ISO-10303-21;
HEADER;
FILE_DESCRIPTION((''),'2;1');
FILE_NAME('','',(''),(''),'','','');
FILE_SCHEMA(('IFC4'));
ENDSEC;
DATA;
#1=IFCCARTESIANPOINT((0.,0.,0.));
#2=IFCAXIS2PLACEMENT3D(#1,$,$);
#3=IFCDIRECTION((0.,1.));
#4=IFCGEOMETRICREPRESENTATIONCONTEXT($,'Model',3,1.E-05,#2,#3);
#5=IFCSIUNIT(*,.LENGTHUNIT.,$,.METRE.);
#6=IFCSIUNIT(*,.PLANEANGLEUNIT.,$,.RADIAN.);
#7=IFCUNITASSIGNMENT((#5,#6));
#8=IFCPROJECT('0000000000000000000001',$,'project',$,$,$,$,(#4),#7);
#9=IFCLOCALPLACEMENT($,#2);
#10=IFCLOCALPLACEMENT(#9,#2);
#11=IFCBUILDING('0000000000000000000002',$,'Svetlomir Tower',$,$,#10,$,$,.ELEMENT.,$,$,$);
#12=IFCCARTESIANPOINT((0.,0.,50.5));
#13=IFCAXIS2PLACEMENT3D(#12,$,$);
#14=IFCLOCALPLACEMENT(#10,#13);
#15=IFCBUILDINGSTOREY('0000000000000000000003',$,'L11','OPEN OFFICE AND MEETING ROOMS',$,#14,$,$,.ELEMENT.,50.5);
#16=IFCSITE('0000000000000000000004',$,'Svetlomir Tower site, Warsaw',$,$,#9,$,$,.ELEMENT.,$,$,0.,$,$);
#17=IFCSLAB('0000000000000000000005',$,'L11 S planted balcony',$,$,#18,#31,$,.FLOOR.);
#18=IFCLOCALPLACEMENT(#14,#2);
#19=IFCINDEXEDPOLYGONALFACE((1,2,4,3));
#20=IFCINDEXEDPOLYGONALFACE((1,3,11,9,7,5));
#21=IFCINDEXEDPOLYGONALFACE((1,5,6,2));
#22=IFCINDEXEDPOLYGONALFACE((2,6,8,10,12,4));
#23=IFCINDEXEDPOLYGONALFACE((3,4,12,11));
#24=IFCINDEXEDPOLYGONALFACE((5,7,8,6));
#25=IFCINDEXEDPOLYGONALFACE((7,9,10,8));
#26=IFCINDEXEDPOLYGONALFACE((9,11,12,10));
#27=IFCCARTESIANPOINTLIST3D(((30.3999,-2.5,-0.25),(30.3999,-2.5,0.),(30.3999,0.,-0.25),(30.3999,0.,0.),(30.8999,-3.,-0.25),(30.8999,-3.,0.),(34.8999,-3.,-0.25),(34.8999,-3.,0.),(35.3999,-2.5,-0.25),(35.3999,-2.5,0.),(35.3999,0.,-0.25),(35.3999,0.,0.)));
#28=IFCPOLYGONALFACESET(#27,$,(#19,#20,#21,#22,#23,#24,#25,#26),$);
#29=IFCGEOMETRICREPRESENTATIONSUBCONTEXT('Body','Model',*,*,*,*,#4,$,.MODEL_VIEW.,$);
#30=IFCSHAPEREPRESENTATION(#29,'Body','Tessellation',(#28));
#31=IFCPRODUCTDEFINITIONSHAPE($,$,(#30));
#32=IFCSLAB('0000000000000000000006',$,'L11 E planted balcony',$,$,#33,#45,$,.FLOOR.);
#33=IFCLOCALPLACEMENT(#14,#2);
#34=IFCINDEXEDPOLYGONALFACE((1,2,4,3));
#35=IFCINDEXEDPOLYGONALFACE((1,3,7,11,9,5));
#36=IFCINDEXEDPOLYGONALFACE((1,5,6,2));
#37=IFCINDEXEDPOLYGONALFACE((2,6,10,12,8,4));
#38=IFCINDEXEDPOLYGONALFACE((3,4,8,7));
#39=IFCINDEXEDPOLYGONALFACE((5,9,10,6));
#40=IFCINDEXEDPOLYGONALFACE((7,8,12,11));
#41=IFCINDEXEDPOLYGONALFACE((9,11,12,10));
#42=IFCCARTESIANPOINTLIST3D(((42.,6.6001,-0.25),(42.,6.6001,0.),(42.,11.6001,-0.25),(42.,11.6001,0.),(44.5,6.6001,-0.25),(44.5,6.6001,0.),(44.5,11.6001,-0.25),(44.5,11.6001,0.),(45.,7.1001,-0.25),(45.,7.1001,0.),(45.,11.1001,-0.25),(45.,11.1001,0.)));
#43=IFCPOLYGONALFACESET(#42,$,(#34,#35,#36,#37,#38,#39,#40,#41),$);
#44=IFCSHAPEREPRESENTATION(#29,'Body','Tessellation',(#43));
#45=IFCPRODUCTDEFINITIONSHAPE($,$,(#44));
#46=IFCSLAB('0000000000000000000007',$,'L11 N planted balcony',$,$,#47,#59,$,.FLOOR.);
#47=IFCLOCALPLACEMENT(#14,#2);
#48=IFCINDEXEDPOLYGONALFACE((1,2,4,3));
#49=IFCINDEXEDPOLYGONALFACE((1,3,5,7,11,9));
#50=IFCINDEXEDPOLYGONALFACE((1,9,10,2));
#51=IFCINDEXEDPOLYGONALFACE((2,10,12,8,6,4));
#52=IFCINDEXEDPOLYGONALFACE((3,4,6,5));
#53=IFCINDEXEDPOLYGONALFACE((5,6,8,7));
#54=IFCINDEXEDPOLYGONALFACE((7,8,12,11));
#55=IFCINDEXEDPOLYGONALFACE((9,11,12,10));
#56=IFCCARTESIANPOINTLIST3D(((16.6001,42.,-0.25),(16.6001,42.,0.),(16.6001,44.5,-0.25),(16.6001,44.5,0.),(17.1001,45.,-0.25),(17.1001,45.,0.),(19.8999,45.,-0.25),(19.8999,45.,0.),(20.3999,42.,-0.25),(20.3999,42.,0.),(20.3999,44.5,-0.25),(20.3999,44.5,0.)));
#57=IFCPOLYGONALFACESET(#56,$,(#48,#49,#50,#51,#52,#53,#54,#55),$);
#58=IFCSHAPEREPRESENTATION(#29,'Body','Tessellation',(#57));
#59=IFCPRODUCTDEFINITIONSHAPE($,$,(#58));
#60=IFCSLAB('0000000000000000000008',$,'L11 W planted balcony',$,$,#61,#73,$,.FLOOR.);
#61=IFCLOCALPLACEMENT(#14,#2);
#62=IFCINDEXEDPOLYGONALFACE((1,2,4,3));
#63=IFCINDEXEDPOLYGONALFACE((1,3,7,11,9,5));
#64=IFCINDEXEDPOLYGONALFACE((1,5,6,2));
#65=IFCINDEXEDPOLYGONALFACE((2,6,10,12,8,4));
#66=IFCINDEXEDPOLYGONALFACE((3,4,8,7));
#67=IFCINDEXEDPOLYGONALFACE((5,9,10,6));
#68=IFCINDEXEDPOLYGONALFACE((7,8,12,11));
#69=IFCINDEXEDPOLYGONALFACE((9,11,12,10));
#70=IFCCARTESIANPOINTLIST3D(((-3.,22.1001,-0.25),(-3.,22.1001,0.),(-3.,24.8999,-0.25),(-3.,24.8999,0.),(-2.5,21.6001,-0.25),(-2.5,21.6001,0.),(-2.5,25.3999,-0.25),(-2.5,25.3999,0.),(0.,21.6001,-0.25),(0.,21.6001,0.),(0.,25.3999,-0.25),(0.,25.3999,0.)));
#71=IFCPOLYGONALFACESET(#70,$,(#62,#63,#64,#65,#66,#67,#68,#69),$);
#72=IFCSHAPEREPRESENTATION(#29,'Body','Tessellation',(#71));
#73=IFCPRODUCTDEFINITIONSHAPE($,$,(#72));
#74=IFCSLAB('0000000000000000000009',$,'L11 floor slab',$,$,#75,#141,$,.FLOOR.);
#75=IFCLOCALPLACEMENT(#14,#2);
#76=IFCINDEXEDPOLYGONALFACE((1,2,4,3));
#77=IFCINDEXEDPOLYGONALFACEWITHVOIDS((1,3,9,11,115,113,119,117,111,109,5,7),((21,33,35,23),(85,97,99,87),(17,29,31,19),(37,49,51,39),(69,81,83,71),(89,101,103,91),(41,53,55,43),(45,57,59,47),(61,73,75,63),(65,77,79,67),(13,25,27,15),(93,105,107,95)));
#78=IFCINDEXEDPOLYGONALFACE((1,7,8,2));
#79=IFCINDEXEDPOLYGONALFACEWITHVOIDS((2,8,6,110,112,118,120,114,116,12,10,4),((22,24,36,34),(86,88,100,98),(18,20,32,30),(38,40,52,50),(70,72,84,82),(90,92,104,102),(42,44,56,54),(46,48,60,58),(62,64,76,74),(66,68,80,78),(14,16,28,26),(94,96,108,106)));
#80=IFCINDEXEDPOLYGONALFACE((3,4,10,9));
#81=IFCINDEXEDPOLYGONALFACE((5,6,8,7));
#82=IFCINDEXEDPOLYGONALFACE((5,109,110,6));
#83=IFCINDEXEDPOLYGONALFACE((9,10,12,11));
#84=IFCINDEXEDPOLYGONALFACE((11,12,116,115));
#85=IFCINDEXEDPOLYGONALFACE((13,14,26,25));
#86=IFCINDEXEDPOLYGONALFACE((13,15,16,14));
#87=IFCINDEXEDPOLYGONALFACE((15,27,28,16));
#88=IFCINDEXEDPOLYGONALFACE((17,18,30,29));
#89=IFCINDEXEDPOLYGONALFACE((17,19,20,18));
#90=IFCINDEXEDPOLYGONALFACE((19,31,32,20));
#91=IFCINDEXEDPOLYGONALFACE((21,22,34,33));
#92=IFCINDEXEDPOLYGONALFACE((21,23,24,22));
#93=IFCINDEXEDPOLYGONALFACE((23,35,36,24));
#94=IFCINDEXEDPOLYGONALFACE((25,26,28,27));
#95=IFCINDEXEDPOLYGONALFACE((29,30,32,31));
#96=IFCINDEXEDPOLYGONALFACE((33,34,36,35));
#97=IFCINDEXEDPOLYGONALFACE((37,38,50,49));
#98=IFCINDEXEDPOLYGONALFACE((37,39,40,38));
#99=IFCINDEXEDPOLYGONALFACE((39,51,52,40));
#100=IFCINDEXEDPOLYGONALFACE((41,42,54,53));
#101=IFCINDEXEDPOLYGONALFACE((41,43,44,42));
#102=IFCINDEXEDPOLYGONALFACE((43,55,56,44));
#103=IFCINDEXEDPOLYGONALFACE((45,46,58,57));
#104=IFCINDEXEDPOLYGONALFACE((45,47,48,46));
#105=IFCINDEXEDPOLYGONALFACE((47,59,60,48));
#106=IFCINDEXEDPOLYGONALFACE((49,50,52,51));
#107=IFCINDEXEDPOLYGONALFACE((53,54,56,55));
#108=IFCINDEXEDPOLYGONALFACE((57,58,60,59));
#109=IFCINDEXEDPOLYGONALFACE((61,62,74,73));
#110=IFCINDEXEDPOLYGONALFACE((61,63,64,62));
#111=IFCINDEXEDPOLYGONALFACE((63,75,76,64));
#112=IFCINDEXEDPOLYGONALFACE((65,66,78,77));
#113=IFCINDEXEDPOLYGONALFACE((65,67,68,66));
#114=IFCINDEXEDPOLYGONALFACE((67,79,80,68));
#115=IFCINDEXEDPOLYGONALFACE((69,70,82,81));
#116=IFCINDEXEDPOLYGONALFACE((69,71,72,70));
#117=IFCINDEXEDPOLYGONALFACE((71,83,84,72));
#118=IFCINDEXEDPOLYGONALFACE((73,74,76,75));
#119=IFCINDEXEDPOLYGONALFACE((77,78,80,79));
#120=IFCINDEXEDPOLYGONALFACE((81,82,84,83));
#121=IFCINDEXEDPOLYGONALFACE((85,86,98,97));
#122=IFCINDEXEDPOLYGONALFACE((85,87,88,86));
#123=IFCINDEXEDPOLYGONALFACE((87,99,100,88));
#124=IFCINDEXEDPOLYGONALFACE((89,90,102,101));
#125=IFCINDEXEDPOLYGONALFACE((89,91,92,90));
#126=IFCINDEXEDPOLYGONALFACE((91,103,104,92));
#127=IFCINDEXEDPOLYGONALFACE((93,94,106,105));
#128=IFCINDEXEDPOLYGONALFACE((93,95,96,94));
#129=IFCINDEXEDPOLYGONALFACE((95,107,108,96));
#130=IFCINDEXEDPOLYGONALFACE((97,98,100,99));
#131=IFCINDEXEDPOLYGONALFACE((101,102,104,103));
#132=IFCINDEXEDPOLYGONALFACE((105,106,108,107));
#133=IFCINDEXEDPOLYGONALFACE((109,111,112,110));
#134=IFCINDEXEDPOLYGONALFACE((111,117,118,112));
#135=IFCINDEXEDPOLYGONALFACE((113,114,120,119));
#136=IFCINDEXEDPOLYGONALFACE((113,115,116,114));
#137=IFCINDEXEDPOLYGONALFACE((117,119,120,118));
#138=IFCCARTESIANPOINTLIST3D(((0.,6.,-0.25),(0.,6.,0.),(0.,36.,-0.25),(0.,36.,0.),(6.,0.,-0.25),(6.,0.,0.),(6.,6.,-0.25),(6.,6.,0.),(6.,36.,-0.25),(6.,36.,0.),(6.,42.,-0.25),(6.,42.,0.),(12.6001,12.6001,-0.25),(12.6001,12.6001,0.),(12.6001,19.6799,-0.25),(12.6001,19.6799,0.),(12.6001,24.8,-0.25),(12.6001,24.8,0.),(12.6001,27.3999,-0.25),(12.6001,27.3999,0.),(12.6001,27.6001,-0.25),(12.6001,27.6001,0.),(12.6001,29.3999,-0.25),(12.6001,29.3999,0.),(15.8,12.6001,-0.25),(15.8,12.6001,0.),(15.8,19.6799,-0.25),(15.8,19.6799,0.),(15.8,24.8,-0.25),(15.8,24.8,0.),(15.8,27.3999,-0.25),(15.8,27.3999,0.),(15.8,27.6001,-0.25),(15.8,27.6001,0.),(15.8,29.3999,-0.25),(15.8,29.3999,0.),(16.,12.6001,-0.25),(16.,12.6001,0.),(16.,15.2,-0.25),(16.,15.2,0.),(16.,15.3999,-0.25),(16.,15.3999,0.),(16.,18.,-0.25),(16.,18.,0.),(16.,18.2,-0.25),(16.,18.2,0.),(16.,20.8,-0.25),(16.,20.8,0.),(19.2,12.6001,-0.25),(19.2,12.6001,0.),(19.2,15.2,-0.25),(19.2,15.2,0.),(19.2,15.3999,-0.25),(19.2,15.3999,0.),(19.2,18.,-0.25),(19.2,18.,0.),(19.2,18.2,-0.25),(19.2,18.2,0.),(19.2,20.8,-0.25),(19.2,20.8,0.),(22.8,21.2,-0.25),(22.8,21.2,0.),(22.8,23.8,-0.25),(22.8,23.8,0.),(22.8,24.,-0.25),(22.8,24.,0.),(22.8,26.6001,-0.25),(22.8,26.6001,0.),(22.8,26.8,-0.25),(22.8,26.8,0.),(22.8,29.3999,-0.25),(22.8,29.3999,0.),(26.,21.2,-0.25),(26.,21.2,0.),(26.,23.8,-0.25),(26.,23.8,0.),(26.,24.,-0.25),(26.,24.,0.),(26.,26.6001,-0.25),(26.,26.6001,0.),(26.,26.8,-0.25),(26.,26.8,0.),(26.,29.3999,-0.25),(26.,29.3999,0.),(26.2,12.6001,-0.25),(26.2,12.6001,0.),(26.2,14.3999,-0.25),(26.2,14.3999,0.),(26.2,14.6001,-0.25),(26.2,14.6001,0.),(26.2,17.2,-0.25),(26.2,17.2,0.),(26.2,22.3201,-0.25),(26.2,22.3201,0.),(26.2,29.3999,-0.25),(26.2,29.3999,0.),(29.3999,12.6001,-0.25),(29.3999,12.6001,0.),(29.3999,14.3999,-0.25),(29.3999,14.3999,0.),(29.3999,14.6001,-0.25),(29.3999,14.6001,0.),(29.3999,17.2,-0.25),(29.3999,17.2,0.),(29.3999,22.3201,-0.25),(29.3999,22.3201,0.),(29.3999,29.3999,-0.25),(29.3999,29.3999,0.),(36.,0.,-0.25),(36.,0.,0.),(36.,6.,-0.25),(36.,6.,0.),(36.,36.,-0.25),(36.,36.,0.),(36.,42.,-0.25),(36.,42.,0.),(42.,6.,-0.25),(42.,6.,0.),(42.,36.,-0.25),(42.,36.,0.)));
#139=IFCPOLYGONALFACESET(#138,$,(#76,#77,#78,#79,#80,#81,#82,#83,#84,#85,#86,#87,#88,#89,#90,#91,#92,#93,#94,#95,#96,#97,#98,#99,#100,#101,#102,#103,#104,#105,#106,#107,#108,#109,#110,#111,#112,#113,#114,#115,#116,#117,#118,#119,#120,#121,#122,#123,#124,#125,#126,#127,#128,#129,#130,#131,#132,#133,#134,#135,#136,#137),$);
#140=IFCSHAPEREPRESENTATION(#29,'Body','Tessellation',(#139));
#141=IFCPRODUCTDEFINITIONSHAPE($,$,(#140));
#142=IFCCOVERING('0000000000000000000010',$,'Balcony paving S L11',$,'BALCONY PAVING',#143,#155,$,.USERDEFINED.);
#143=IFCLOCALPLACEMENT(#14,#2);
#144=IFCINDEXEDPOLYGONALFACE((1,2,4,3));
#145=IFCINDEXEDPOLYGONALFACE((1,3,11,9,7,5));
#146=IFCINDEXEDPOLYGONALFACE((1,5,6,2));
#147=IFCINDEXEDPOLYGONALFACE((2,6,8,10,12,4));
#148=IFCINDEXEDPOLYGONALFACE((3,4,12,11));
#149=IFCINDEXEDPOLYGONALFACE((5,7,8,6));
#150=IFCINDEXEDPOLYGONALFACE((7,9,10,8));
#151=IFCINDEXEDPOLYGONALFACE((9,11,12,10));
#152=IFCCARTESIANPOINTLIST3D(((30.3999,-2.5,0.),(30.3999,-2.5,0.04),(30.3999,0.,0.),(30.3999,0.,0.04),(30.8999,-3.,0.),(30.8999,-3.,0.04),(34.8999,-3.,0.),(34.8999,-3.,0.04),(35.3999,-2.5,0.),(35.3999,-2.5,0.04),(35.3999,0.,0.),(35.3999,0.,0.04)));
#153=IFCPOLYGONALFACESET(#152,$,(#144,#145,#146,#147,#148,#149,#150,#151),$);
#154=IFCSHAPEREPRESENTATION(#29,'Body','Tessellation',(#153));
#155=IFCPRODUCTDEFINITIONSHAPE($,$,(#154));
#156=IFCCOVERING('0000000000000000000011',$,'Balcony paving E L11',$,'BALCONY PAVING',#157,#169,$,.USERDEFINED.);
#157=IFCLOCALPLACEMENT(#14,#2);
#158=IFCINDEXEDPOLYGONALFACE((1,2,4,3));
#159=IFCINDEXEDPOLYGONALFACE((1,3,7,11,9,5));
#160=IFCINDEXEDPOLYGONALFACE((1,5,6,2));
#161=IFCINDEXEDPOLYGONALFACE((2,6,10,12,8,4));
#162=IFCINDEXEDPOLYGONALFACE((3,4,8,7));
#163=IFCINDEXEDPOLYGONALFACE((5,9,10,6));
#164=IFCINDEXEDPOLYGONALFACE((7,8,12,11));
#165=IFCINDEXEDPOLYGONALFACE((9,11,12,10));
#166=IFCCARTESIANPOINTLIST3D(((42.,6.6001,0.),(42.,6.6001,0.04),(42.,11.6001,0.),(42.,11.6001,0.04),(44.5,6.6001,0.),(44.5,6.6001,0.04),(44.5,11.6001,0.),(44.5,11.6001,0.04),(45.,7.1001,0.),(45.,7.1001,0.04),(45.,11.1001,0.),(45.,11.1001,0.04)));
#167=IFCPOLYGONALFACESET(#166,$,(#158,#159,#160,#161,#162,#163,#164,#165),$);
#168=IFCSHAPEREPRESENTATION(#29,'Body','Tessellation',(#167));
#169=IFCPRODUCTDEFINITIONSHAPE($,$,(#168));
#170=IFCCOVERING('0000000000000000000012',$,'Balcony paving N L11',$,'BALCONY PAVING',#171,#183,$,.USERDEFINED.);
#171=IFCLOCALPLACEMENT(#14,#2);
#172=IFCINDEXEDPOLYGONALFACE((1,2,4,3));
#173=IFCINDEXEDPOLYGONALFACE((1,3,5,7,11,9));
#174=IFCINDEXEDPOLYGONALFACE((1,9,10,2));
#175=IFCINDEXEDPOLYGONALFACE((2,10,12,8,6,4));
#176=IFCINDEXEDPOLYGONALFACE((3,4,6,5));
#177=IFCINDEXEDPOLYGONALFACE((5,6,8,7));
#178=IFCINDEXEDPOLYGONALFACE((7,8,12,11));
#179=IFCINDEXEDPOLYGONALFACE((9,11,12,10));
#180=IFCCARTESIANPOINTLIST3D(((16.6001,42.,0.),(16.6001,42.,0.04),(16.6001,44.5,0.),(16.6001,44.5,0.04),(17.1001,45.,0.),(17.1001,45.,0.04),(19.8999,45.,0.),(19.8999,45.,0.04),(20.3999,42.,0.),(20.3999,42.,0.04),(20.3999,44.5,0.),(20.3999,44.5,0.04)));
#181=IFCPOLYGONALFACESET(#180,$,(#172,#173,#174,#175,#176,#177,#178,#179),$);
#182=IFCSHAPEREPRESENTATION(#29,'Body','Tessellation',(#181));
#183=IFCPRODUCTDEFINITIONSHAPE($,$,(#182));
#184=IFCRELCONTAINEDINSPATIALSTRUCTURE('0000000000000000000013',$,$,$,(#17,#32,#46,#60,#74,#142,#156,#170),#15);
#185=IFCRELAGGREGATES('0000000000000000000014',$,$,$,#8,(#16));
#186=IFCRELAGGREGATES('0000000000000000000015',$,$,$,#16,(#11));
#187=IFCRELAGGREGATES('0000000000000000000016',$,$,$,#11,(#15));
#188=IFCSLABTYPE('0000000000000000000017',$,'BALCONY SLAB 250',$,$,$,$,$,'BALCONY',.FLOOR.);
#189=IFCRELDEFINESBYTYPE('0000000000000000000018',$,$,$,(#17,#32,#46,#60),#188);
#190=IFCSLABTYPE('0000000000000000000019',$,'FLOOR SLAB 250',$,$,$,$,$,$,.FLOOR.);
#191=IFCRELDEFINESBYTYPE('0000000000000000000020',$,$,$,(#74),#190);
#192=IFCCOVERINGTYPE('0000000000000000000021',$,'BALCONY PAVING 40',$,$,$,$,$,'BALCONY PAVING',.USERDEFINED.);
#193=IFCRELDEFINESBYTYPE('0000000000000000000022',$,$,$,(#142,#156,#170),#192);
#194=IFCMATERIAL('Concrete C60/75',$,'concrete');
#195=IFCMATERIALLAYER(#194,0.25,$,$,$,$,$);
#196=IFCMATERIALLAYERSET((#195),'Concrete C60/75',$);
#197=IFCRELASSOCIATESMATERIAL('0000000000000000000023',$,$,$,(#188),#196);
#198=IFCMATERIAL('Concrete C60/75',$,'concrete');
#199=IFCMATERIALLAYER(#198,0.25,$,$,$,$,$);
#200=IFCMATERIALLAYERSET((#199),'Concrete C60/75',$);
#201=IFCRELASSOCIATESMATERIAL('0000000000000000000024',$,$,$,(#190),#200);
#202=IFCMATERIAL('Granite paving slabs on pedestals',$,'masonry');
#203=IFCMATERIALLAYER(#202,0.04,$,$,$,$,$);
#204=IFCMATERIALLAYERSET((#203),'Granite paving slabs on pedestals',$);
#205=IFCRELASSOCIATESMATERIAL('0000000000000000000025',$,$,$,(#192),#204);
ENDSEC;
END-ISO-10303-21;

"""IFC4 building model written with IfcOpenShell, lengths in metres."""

from ifc_helpers import new_model, si_unit, direction, frame, origin, place, context, subcontext, project, spatial, polyline, outline, extrude, material, layer, layer_set, type_object, element, save


model = new_model("IFC4")

# Units and contexts
model_context = context("Model", 3, precision=1e-05, world=origin(), true_north=direction((0.0, 1.0)))
body_context = subcontext(model_context, "Body", "Model", "MODEL_VIEW")
ifc_project = project(units=[si_unit("LENGTHUNIT", "METRE"), si_unit("PLANEANGLEUNIT", "RADIAN")], contexts=[model_context])

# Site, building, storey
site_placement = place(None, origin())
site = spatial("IfcSite", under=ifc_project, at=site_placement, Name="Svetlomir Tower site, Warsaw", CompositionType="ELEMENT", RefElevation=0.0)
building_placement = place(site_placement, origin())
building = spatial("IfcBuilding", under=site, at=building_placement, Name="Svetlomir Tower", CompositionType="ELEMENT")
storey_placement = place(building_placement, frame((0.0, 0.0, 50.5)))
storey = spatial("IfcBuildingStorey", under=building, at=storey_placement, Name="L11", Description="OPEN OFFICE AND MEETING ROOMS", CompositionType="ELEMENT", Elevation=50.5)

# Slabs
ifc_material_1 = material(Name="Concrete C60/75", Category="concrete")
ifc_layer_1 = layer(ifc_material_1, 0.25)
ifc_layer_set_1 = layer_set([ifc_layer_1], Name="Concrete C60/75")
slab_type_1 = type_object("IfcSlabType", Name="BALCONY SLAB 250", ElementType="BALCONY", PredefinedType="FLOOR", material=ifc_layer_set_1)
slab_1_placement = place(storey_placement, frame((0.0, 0.0, -0.25)))
element("IfcSlab", 1, at=slab_1_placement, inside=storey, type_object=slab_type_1, Name="L11 S planted balcony", PredefinedType="FLOOR", context=body_context, shape_type="SweptSolid", body=[
    extrude(outline(polyline([(30.3999, -2.5), (30.8999, -3.0), (34.8999, -3.0), (35.3999, -2.5), (35.3999, 0.0), (30.3999, 0.0), (30.3999, -2.5)])), origin(), (0.0, 0.0, 1.0), 0.25),
])
slab_2_placement = place(storey_placement, frame((0.0, 0.0, -0.25)))
element("IfcSlab", 2, at=slab_2_placement, inside=storey, type_object=slab_type_1, Name="L11 E planted balcony", PredefinedType="FLOOR", context=body_context, shape_type="SweptSolid", body=[
    extrude(outline(polyline([(42.0, 6.6001), (44.5, 6.6001), (45.0, 7.1001), (45.0, 11.1001), (44.5, 11.6001), (42.0, 11.6001), (42.0, 6.6001)])), origin(), (0.0, 0.0, 1.0), 0.25),
])
slab_3_placement = place(storey_placement, frame((0.0, 0.0, -0.25)))
element("IfcSlab", 3, at=slab_3_placement, inside=storey, type_object=slab_type_1, Name="L11 N planted balcony", PredefinedType="FLOOR", context=body_context, shape_type="SweptSolid", body=[
    extrude(outline(polyline([(16.6001, 42.0), (20.3999, 42.0), (20.3999, 44.5), (19.8999, 45.0), (17.1001, 45.0), (16.6001, 44.5), (16.6001, 42.0)])), origin(), (0.0, 0.0, 1.0), 0.25),
])
slab_4_placement = place(storey_placement, frame((0.0, 0.0, -0.25)))
element("IfcSlab", 4, at=slab_4_placement, inside=storey, type_object=slab_type_1, Name="L11 W planted balcony", PredefinedType="FLOOR", context=body_context, shape_type="SweptSolid", body=[
    extrude(outline(polyline([(-2.5, 21.6001), (0.0, 21.6001), (0.0, 25.3999), (-2.5, 25.3999), (-3.0, 24.8999), (-3.0, 22.1001), (-2.5, 21.6001)])), origin(), (0.0, 0.0, 1.0), 0.25),
])
ifc_material_2 = material(Name="Concrete C60/75", Category="concrete")
ifc_layer_2 = layer(ifc_material_2, 0.25)
ifc_layer_set_2 = layer_set([ifc_layer_2], Name="Concrete C60/75")
slab_type_2 = type_object("IfcSlabType", Name="FLOOR SLAB 250", PredefinedType="FLOOR", material=ifc_layer_set_2)
slab_5_placement = place(storey_placement, frame((0.0, 0.0, -0.25)))
element("IfcSlab", 5, at=slab_5_placement, inside=storey, type_object=slab_type_2, Name="L11 floor slab", PredefinedType="FLOOR", context=body_context, shape_type="SweptSolid", body=[
    extrude(outline(polyline([(6.0, 0.0), (36.0, 0.0), (36.0, 6.0), (42.0, 6.0), (42.0, 36.0), (36.0, 36.0), (36.0, 42.0), (6.0, 42.0), (6.0, 36.0), (0.0, 36.0), (0.0, 6.0), (6.0, 6.0), (6.0, 0.0)]), holes=[polyline([(12.6001, 24.8), (15.8, 24.8), (15.8, 27.3999), (12.6001, 27.3999), (12.6001, 24.8)]), polyline([(26.2, 14.6001), (29.3999, 14.6001), (29.3999, 17.2), (26.2, 17.2), (26.2, 14.6001)]), polyline([(16.0, 12.6001), (19.2, 12.6001), (19.2, 15.2), (16.0, 15.2), (16.0, 12.6001)]), polyline([(16.0, 15.3999), (19.2, 15.3999), (19.2, 18.0), (16.0, 18.0), (16.0, 15.3999)]), polyline([(16.0, 18.2), (19.2, 18.2), (19.2, 20.8), (16.0, 20.8), (16.0, 18.2)]), polyline([(22.8, 21.2), (26.0, 21.2), (26.0, 23.8), (22.8, 23.8), (22.8, 21.2)]), polyline([(22.8, 24.0), (26.0, 24.0), (26.0, 26.6001), (22.8, 26.6001), (22.8, 24.0)]), polyline([(22.8, 26.8), (26.0, 26.8), (26.0, 29.3999), (22.8, 29.3999), (22.8, 26.8)]), polyline([(12.6001, 27.6001), (15.8, 27.6001), (15.8, 29.3999), (12.6001, 29.3999), (12.6001, 27.6001)]), polyline([(26.2, 12.6001), (29.3999, 12.6001), (29.3999, 14.3999), (26.2, 14.3999), (26.2, 12.6001)]), polyline([(12.6001, 12.6001), (15.8, 12.6001), (15.8, 19.6799), (12.6001, 19.6799), (12.6001, 12.6001)]), polyline([(26.2, 22.3201), (29.3999, 22.3201), (29.3999, 29.3999), (26.2, 29.3999), (26.2, 22.3201)])]), origin(), (0.0, 0.0, 1.0), 0.25),
])

# Coverings
ifc_material_3 = material(Name="Granite paving slabs on pedestals", Category="masonry")
ifc_layer_3 = layer(ifc_material_3, 0.04)
ifc_layer_set_3 = layer_set([ifc_layer_3], Name="Granite paving slabs on pedestals")
covering_type_1 = type_object("IfcCoveringType", Name="BALCONY PAVING 40", ElementType="BALCONY PAVING", PredefinedType="USERDEFINED", material=ifc_layer_set_3)
covering_1_placement = place(storey_placement, origin())
element("IfcCovering", 6, at=covering_1_placement, inside=storey, type_object=covering_type_1, Name="Balcony paving S L11", ObjectType="BALCONY PAVING", PredefinedType="USERDEFINED", context=body_context, shape_type="SweptSolid", body=[
    extrude(outline(polyline([(30.3999, -2.5), (30.8999, -3.0), (34.8999, -3.0), (35.3999, -2.5), (35.3999, 0.0), (30.3999, 0.0), (30.3999, -2.5)])), origin(), (0.0, 0.0, 1.0), 0.04),
])
covering_2_placement = place(storey_placement, origin())
element("IfcCovering", 7, at=covering_2_placement, inside=storey, type_object=covering_type_1, Name="Balcony paving E L11", ObjectType="BALCONY PAVING", PredefinedType="USERDEFINED", context=body_context, shape_type="SweptSolid", body=[
    extrude(outline(polyline([(42.0, 6.6001), (44.5, 6.6001), (45.0, 7.1001), (45.0, 11.1001), (44.5, 11.6001), (42.0, 11.6001), (42.0, 6.6001)])), origin(), (0.0, 0.0, 1.0), 0.04),
])
covering_3_placement = place(storey_placement, origin())
element("IfcCovering", 8, at=covering_3_placement, inside=storey, type_object=covering_type_1, Name="Balcony paving N L11", ObjectType="BALCONY PAVING", PredefinedType="USERDEFINED", context=body_context, shape_type="SweptSolid", body=[
    extrude(outline(polyline([(16.6001, 42.0), (20.3999, 42.0), (20.3999, 44.5), (19.8999, 45.0), (17.1001, 45.0), (16.6001, 44.5), (16.6001, 42.0)])), origin(), (0.0, 0.0, 1.0), 0.04),
])

save(model, "model.ifc")
